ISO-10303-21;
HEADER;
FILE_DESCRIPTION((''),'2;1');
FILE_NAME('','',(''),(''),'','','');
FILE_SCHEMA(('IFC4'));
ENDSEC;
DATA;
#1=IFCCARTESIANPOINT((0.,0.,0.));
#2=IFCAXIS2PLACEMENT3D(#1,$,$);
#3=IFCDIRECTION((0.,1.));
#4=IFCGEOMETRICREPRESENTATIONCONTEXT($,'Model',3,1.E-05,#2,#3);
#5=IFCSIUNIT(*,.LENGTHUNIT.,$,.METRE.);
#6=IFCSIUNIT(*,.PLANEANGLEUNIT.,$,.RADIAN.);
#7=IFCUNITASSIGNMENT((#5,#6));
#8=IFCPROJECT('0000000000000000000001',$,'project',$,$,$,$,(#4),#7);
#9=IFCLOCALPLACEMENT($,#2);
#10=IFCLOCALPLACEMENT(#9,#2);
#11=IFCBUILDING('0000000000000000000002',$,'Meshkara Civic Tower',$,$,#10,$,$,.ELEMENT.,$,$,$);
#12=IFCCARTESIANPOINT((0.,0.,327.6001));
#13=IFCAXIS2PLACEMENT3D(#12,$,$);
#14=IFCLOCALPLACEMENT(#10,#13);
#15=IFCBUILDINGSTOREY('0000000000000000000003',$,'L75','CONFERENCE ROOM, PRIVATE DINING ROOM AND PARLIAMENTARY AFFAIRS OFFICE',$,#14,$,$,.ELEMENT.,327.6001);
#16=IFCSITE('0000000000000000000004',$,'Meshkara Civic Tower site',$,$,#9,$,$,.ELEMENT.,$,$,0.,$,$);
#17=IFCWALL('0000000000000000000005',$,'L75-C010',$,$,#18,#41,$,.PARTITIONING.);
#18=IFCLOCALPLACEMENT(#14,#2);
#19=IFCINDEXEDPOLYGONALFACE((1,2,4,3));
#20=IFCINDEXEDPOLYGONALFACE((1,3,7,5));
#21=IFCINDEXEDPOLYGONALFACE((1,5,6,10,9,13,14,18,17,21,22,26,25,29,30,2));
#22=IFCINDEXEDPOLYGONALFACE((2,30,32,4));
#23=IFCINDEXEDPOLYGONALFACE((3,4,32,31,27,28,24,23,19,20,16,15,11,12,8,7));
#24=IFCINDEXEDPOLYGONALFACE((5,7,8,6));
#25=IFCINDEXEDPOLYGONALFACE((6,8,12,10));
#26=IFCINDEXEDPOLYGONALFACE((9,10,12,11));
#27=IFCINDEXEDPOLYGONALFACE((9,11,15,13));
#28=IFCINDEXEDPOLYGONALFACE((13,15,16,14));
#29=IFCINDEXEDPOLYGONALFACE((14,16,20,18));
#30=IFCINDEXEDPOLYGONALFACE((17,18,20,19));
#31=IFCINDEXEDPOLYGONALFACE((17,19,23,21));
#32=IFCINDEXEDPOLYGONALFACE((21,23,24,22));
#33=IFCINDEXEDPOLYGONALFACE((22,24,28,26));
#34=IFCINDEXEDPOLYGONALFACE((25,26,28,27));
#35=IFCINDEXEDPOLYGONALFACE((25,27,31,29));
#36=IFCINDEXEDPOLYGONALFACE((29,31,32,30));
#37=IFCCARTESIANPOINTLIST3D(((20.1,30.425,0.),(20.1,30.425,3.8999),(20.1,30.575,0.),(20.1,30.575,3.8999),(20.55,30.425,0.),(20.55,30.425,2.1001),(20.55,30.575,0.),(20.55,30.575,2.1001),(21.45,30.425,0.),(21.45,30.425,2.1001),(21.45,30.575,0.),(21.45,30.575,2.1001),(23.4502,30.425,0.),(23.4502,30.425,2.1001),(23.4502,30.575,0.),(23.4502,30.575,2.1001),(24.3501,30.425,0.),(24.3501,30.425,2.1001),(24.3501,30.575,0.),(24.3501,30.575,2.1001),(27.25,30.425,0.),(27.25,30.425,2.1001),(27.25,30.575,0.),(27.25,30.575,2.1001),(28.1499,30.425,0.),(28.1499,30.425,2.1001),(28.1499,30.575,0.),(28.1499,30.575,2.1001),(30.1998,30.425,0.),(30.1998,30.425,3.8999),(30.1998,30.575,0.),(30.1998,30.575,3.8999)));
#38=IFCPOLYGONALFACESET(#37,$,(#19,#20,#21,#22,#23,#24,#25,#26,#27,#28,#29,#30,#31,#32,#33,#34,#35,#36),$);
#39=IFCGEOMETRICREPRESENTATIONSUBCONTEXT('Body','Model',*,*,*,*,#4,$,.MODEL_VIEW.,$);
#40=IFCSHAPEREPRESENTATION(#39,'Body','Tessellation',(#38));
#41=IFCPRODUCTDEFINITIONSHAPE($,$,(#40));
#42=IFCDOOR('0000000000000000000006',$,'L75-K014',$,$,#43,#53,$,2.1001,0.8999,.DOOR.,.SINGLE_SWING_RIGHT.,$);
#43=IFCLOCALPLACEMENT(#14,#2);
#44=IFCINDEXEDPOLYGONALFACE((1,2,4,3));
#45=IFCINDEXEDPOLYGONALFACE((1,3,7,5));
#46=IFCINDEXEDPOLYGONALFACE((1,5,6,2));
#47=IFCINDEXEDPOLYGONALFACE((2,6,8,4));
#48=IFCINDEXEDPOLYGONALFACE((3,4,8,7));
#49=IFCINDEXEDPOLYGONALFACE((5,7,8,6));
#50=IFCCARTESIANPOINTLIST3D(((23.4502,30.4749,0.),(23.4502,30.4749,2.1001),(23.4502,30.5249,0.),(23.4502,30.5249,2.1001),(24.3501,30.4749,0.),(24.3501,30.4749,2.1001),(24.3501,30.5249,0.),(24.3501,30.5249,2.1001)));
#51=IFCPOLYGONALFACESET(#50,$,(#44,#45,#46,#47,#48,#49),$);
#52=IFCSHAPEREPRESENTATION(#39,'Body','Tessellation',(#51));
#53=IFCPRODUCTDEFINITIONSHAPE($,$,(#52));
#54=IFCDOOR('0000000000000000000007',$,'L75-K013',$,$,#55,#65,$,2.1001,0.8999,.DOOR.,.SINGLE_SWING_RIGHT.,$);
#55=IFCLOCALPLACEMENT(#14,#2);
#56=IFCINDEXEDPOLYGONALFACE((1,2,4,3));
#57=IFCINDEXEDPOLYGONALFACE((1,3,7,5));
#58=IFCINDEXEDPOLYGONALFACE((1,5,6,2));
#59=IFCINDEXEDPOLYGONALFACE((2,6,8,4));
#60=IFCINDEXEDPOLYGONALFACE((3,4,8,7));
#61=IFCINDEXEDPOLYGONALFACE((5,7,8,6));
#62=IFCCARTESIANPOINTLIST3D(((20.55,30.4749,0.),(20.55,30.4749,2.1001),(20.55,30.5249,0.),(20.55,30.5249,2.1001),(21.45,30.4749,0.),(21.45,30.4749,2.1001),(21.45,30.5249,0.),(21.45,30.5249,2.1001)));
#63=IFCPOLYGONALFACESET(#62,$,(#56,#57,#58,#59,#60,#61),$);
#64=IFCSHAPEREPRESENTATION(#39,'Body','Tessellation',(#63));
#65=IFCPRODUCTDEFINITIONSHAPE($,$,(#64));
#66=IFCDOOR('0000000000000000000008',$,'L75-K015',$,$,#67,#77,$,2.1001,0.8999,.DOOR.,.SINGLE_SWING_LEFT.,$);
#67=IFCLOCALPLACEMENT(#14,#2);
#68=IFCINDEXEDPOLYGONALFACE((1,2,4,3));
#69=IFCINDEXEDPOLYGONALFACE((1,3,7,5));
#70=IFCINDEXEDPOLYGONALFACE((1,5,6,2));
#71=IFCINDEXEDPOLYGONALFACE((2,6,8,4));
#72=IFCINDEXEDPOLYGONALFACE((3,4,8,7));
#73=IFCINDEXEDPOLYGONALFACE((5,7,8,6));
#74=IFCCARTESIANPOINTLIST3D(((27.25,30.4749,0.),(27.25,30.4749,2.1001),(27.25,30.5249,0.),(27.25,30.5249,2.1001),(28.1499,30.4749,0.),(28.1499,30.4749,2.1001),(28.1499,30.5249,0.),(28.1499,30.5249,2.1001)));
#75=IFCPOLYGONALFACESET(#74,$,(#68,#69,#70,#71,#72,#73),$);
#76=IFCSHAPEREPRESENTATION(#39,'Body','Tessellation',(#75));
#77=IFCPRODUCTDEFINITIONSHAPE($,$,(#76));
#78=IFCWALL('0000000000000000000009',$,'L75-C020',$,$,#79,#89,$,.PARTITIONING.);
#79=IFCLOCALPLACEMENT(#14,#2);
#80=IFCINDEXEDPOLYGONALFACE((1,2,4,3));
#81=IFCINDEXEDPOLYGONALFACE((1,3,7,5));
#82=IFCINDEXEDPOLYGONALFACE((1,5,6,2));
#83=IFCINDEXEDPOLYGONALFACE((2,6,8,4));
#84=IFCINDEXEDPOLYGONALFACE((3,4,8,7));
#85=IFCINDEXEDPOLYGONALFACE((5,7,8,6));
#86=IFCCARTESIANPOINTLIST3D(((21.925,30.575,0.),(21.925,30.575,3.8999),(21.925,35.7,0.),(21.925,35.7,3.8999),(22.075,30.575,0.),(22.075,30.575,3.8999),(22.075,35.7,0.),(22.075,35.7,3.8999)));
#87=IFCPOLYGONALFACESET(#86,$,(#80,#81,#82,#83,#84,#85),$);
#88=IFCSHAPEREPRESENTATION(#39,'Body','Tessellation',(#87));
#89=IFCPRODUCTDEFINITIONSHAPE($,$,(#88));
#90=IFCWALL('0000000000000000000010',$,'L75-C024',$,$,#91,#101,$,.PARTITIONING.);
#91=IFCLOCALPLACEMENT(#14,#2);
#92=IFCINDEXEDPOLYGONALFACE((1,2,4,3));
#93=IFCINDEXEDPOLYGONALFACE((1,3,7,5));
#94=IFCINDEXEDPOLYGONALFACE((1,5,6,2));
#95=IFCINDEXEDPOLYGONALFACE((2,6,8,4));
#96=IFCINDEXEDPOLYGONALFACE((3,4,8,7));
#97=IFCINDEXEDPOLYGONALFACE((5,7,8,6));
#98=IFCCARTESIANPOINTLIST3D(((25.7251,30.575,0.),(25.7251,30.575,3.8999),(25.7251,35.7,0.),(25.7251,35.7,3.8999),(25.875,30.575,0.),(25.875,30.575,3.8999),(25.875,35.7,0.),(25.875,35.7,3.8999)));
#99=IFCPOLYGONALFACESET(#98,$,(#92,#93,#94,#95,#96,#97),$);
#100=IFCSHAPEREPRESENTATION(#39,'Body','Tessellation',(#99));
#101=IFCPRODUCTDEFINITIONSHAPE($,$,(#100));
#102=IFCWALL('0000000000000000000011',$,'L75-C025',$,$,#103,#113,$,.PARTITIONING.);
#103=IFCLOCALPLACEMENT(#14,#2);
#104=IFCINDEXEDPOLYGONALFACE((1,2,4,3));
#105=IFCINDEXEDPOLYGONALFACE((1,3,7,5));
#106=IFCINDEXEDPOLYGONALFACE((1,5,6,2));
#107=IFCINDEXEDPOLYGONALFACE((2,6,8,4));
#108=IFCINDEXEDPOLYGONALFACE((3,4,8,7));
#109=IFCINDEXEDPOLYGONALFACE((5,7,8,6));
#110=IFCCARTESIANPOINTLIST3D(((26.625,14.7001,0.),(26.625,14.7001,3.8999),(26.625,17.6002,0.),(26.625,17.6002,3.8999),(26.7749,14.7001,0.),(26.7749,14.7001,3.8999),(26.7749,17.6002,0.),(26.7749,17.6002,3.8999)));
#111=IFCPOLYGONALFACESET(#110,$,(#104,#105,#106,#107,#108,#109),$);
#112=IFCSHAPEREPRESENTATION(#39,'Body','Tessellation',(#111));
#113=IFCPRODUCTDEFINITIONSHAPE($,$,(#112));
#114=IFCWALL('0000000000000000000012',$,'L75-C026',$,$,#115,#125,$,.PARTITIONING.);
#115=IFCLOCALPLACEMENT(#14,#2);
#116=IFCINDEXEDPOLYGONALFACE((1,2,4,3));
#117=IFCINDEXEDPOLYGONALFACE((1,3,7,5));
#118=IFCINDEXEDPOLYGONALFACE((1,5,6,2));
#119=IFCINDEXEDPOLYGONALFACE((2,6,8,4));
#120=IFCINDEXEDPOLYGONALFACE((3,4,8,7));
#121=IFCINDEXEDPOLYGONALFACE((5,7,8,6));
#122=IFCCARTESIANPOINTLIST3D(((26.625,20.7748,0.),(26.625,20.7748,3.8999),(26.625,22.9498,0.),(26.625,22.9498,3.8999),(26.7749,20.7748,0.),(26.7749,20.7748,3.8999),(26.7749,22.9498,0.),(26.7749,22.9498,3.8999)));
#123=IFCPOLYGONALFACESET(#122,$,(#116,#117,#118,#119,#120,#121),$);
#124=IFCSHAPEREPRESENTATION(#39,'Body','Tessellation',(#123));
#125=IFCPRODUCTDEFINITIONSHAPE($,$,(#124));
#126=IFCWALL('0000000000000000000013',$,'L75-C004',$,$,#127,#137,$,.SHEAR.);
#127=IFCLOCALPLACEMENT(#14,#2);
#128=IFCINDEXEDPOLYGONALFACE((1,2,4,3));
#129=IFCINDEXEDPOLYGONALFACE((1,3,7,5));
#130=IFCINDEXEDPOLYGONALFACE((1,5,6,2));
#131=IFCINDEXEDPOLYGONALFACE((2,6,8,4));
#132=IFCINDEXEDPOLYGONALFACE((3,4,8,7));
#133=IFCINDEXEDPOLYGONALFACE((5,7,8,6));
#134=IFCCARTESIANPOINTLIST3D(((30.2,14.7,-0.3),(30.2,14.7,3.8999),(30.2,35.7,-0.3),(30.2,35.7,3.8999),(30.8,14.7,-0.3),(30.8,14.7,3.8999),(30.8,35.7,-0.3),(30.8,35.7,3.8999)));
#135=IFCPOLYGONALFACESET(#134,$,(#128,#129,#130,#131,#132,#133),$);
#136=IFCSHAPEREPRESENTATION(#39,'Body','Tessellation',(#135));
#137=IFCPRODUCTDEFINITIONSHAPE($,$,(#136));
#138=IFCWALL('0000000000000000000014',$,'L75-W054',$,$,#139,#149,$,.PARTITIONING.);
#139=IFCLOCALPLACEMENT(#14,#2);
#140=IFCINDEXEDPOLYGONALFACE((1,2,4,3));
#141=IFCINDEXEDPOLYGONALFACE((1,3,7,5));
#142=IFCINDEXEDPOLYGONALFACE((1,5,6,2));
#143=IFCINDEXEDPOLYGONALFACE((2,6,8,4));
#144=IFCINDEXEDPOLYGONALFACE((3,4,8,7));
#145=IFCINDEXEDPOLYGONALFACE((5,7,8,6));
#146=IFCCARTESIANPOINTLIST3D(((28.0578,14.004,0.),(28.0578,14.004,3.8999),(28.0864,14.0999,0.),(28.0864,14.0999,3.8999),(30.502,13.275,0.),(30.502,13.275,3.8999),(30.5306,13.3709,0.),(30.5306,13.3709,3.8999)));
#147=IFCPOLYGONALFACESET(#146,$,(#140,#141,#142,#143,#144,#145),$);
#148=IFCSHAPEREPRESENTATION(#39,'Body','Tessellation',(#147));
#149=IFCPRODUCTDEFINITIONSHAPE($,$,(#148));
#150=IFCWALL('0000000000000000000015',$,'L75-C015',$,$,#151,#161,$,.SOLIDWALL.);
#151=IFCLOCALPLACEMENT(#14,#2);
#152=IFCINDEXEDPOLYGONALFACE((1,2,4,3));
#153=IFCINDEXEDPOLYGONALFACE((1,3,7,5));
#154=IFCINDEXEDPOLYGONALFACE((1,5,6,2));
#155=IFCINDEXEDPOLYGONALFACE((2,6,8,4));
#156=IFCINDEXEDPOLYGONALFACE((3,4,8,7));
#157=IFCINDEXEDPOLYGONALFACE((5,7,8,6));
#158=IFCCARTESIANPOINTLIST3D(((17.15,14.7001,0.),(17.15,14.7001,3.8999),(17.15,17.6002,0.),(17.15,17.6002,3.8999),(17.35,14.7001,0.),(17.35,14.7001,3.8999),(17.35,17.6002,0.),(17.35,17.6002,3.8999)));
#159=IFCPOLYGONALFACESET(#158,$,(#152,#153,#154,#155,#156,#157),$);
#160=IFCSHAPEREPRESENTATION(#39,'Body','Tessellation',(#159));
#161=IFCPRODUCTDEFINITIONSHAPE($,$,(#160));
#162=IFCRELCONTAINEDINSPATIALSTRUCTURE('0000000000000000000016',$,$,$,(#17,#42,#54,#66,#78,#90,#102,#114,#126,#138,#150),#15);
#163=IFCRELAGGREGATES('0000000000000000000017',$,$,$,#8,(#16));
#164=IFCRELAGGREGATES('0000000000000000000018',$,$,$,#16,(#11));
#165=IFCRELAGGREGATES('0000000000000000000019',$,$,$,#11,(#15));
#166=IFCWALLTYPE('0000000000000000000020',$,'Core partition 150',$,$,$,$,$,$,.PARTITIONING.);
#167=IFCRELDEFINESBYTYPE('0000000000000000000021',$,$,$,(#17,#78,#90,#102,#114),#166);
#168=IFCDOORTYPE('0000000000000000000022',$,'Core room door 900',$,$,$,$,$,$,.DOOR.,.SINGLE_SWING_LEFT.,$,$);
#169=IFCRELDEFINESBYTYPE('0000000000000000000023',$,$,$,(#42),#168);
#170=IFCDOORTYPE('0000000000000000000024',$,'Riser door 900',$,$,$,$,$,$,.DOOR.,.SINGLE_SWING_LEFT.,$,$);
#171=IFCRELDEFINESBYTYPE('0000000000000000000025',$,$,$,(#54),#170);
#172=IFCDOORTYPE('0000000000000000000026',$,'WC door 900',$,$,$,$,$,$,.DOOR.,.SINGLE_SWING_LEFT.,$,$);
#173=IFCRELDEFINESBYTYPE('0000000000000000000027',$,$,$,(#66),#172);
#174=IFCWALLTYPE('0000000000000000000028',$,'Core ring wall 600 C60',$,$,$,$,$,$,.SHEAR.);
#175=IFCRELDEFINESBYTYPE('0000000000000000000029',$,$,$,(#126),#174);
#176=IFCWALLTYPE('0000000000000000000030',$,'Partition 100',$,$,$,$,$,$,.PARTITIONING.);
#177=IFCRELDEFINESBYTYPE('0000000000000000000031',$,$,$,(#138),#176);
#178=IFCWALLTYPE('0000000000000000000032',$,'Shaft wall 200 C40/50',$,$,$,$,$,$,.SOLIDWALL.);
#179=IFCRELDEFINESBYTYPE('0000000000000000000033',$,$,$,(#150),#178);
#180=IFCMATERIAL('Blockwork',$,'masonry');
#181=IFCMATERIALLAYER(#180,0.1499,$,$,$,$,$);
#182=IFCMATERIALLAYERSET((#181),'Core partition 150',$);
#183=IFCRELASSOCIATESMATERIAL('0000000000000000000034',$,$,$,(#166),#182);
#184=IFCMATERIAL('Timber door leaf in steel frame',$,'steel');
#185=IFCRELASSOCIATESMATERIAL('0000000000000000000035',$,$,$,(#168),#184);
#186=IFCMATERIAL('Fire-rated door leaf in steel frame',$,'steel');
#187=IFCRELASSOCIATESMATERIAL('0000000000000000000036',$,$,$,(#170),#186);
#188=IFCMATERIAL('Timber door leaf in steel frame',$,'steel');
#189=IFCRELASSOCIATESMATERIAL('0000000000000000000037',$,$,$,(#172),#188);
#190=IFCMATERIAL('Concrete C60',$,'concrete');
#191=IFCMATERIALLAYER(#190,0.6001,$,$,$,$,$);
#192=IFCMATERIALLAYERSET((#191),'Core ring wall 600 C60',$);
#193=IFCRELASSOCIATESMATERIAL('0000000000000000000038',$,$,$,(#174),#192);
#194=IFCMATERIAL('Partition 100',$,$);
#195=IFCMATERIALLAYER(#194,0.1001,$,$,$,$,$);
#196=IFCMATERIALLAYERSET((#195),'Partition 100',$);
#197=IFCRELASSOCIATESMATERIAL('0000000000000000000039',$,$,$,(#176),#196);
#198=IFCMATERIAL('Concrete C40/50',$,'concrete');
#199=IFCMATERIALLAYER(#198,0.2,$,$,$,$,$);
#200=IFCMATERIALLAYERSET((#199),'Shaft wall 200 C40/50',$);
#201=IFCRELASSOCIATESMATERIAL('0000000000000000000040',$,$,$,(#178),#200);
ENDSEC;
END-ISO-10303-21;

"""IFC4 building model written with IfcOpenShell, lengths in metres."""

from ifc_helpers import new_model, si_unit, direction, frame, frame_2d, origin, place, context, subcontext, project, spatial, rectangle, extrude, material, layer, layer_set, type_object, element, fill, save


model = new_model("IFC4")

# Units and contexts
model_context = context("Model", 3, precision=1e-05, world=origin(), true_north=direction((0.0, 1.0)))
body_context = subcontext(model_context, "Body", "Model", "MODEL_VIEW")
ifc_project = project(units=[si_unit("LENGTHUNIT", "METRE"), si_unit("PLANEANGLEUNIT", "RADIAN")], contexts=[model_context])

# Site, building, storey
site_placement = place(None, origin())
site = spatial("IfcSite", under=ifc_project, at=site_placement, Name="Meshkara Civic Tower site", CompositionType="ELEMENT", RefElevation=0.0)
building_placement = place(site_placement, origin())
building = spatial("IfcBuilding", under=site, at=building_placement, Name="Meshkara Civic Tower", CompositionType="ELEMENT")
storey_placement = place(building_placement, frame((0.0, 0.0, 327.6001)))
storey = spatial("IfcBuildingStorey", under=building, at=storey_placement, Name="L75", Description="CONFERENCE ROOM, PRIVATE DINING ROOM AND PARLIAMENTARY AFFAIRS OFFICE", CompositionType="ELEMENT", Elevation=327.6001)

# Wall, openings, doors
ifc_material_1 = material(Name="Blockwork", Category="masonry")
ifc_layer_1 = layer(ifc_material_1, 0.1499)
ifc_layer_set_1 = layer_set([ifc_layer_1], Name="Core partition 150")
wall_type_1 = type_object("IfcWallType", Name="Core partition 150", PredefinedType="PARTITIONING", material=ifc_layer_set_1)
wall_1_placement = place(storey_placement, frame((20.1001, 30.5, 0.0), z_axis=(0.0, 0.0, 1.0), x_axis=(1.0, 0.0, 0.0)))
wall_1 = element("IfcWall", 1, at=wall_1_placement, inside=storey, type_object=wall_type_1, Name="L75-C010", PredefinedType="PARTITIONING", context=body_context, shape_type="SweptSolid", body=[
    extrude(rectangle(XDim=10.0999, YDim=0.1499, at=frame_2d((5.0498, 0.0))), origin(), (0.0, 0.0, 1.0), 3.8999),
])
opening_1_placement = place(wall_1_placement, frame((0.45, 0.0, 0.0)))
opening_1 = element("IfcOpeningElement", 2, at=opening_1_placement, cuts=wall_1, PredefinedType="OPENING", context=body_context, shape_type="SweptSolid", body=[
    extrude(rectangle(XDim=0.8999, YDim=2.1001, at=frame_2d((0.45, 1.05))), frame((0.0, 0.085, 0.0), z_axis=(0.0, -1.0, 0.0), x_axis=(1.0, 0.0, 0.0)), (0.0, 0.0, 1.0), 0.1699),
])
opening_2_placement = place(wall_1_placement, frame((3.3501, 0.0, 0.0)))
opening_2 = element("IfcOpeningElement", 3, at=opening_2_placement, cuts=wall_1, PredefinedType="OPENING", context=body_context, shape_type="SweptSolid", body=[
    extrude(rectangle(XDim=0.8999, YDim=2.1001, at=frame_2d((0.45, 1.05))), frame((0.0, 0.085, 0.0), z_axis=(0.0, -1.0, 0.0), x_axis=(1.0, 0.0, 0.0)), (0.0, 0.0, 1.0), 0.1699),
])
opening_3_placement = place(wall_1_placement, frame((7.1499, 0.0, 0.0)))
opening_3 = element("IfcOpeningElement", 4, at=opening_3_placement, cuts=wall_1, PredefinedType="OPENING", context=body_context, shape_type="SweptSolid", body=[
    extrude(rectangle(XDim=0.8999, YDim=2.1001, at=frame_2d((0.45, 1.05))), frame((0.0, 0.085, 0.0), z_axis=(0.0, -1.0, 0.0), x_axis=(1.0, 0.0, 0.0)), (0.0, 0.0, 1.0), 0.1699),
])
ifc_material_2 = material(Name="Timber door leaf in steel frame", Category="steel")
door_type_1 = type_object("IfcDoorType", Name="Core room door 900", OperationType="SINGLE_SWING_LEFT", PredefinedType="DOOR", material=ifc_material_2)
door_1_placement = place(opening_2_placement, origin())
door_1 = element("IfcDoor", 5, at=door_1_placement, inside=storey, type_object=door_type_1, Name="L75-K014", OperationType="SINGLE_SWING_RIGHT", OverallHeight=2.1001, OverallWidth=0.8999, PredefinedType="DOOR", context=body_context, shape_type="SweptSolid", body=[
    extrude(rectangle(XDim=0.8999, YDim=2.1001, at=frame_2d((0.45, 1.05))), frame((0.0, 0.0249, 0.0), z_axis=(0.0, -1.0, 0.0), x_axis=(1.0, 0.0, 0.0)), (0.0, 0.0, 1.0), 0.05),
])
fill(opening_2, door_1)
ifc_material_3 = material(Name="Fire-rated door leaf in steel frame", Category="steel")
door_type_2 = type_object("IfcDoorType", Name="Riser door 900", OperationType="SINGLE_SWING_LEFT", PredefinedType="DOOR", material=ifc_material_3)
door_2_placement = place(opening_1_placement, origin())
door_2 = element("IfcDoor", 6, at=door_2_placement, inside=storey, type_object=door_type_2, Name="L75-K013", OperationType="SINGLE_SWING_RIGHT", OverallHeight=2.1001, OverallWidth=0.8999, PredefinedType="DOOR", context=body_context, shape_type="SweptSolid", body=[
    extrude(rectangle(XDim=0.8999, YDim=2.1001, at=frame_2d((0.45, 1.05))), frame((0.0, 0.0249, 0.0), z_axis=(0.0, -1.0, 0.0), x_axis=(1.0, 0.0, 0.0)), (0.0, 0.0, 1.0), 0.05),
])
fill(opening_1, door_2)
ifc_material_4 = material(Name="Timber door leaf in steel frame", Category="steel")
door_type_3 = type_object("IfcDoorType", Name="WC door 900", OperationType="SINGLE_SWING_LEFT", PredefinedType="DOOR", material=ifc_material_4)
door_3_placement = place(opening_3_placement, origin())
door_3 = element("IfcDoor", 7, at=door_3_placement, inside=storey, type_object=door_type_3, Name="L75-K015", OperationType="SINGLE_SWING_LEFT", OverallHeight=2.1001, OverallWidth=0.8999, PredefinedType="DOOR", context=body_context, shape_type="SweptSolid", body=[
    extrude(rectangle(XDim=0.8999, YDim=2.1001, at=frame_2d((0.45, 1.05))), frame((0.0, 0.0249, 0.0), z_axis=(0.0, -1.0, 0.0), x_axis=(1.0, 0.0, 0.0)), (0.0, 0.0, 1.0), 0.05),
])
fill(opening_3, door_3)

# Walls
for number, where, z_axis, x_axis, name in (
    (8, (22.0, 30.575, 0.0), (0.0, 0.0, 1.0), (0.0, 1.0, 0.0), "L75-C020"),
    (9, (25.8, 30.575, 0.0), (0.0, 0.0, 1.0), (0.0, 1.0, 0.0), "L75-C024"),
):
    element("IfcWall", number, at=place(storey_placement, frame(where, z_axis=z_axis, x_axis=x_axis)), inside=storey, type_object=wall_type_1, Name=name, PredefinedType="PARTITIONING", context=body_context, shape_type="SweptSolid", body=[
        extrude(rectangle(XDim=5.125, YDim=0.1499, at=frame_2d((2.5625, 0.0))), origin(), (0.0, 0.0, 1.0), 3.8999),
    ])
wall_2_placement = place(storey_placement, frame((26.7, 14.7, 0.0), z_axis=(0.0, 0.0, 1.0), x_axis=(0.0, 1.0, 0.0)))
element("IfcWall", 10, at=wall_2_placement, inside=storey, type_object=wall_type_1, Name="L75-C025", PredefinedType="PARTITIONING", context=body_context, shape_type="SweptSolid", body=[
    extrude(rectangle(XDim=2.9001, YDim=0.1499, at=frame_2d((1.4502, 0.0))), origin(), (0.0, 0.0, 1.0), 3.8999),
])
wall_3_placement = place(storey_placement, frame((26.7, 20.7749, 0.0), z_axis=(0.0, 0.0, 1.0), x_axis=(0.0, 1.0, 0.0)))
element("IfcWall", 11, at=wall_3_placement, inside=storey, type_object=wall_type_1, Name="L75-C026", PredefinedType="PARTITIONING", context=body_context, shape_type="SweptSolid", body=[
    extrude(rectangle(XDim=2.175, YDim=0.1499, at=frame_2d((1.0874, 0.0))), origin(), (0.0, 0.0, 1.0), 3.8999),
])
ifc_material_5 = material(Name="Concrete C60", Category="concrete")
ifc_layer_2 = layer(ifc_material_5, 0.6001)
ifc_layer_set_2 = layer_set([ifc_layer_2], Name="Core ring wall 600 C60")
wall_type_2 = type_object("IfcWallType", Name="Core ring wall 600 C60", PredefinedType="SHEAR", material=ifc_layer_set_2)
wall_4_placement = place(storey_placement, frame((30.5, 14.7, -0.3), z_axis=(0.0, 0.0, 1.0), x_axis=(0.0, 1.0, 0.0)))
element("IfcWall", 12, at=wall_4_placement, inside=storey, type_object=wall_type_2, Name="L75-C004", PredefinedType="SHEAR", context=body_context, shape_type="SweptSolid", body=[
    extrude(rectangle(XDim=21.0, YDim=0.6001, at=frame_2d((10.5, 0.0))), origin(), (0.0, 0.0, 1.0), 4.2),
])
ifc_material_6 = material(Name="Partition 100")
ifc_layer_3 = layer(ifc_material_6, 0.1001)
ifc_layer_set_3 = layer_set([ifc_layer_3], Name="Partition 100")
wall_type_3 = type_object("IfcWallType", Name="Partition 100", PredefinedType="PARTITIONING", material=ifc_layer_set_3)
wall_5_placement = place(storey_placement, frame((28.072, 14.052, 0.0), z_axis=(0.0, 0.0, 1.0), x_axis=(0.958281, -0.285828, 0.0)))
element("IfcWall", 13, at=wall_5_placement, inside=storey, type_object=wall_type_3, Name="L75-W054", PredefinedType="PARTITIONING", context=body_context, shape_type="SweptSolid", body=[
    extrude(rectangle(XDim=2.5505, YDim=0.1001, at=frame_2d((1.2754, 0.0))), origin(), (0.0, 0.0, 1.0), 3.8999),
])
ifc_material_7 = material(Name="Concrete C40/50", Category="concrete")
ifc_layer_4 = layer(ifc_material_7, 0.2)
ifc_layer_set_4 = layer_set([ifc_layer_4], Name="Shaft wall 200 C40/50")
wall_type_4 = type_object("IfcWallType", Name="Shaft wall 200 C40/50", PredefinedType="SOLIDWALL", material=ifc_layer_set_4)
wall_6_placement = place(storey_placement, frame((17.25, 14.7, 0.0), z_axis=(0.0, 0.0, 1.0), x_axis=(0.0, 1.0, 0.0)))
element("IfcWall", 14, at=wall_6_placement, inside=storey, type_object=wall_type_4, Name="L75-C015", PredefinedType="SOLIDWALL", context=body_context, shape_type="SweptSolid", body=[
    extrude(rectangle(XDim=2.9001, YDim=0.2, at=frame_2d((1.4502, 0.0))), origin(), (0.0, 0.0, 1.0), 3.8999),
])

save(model, "model.ifc")
